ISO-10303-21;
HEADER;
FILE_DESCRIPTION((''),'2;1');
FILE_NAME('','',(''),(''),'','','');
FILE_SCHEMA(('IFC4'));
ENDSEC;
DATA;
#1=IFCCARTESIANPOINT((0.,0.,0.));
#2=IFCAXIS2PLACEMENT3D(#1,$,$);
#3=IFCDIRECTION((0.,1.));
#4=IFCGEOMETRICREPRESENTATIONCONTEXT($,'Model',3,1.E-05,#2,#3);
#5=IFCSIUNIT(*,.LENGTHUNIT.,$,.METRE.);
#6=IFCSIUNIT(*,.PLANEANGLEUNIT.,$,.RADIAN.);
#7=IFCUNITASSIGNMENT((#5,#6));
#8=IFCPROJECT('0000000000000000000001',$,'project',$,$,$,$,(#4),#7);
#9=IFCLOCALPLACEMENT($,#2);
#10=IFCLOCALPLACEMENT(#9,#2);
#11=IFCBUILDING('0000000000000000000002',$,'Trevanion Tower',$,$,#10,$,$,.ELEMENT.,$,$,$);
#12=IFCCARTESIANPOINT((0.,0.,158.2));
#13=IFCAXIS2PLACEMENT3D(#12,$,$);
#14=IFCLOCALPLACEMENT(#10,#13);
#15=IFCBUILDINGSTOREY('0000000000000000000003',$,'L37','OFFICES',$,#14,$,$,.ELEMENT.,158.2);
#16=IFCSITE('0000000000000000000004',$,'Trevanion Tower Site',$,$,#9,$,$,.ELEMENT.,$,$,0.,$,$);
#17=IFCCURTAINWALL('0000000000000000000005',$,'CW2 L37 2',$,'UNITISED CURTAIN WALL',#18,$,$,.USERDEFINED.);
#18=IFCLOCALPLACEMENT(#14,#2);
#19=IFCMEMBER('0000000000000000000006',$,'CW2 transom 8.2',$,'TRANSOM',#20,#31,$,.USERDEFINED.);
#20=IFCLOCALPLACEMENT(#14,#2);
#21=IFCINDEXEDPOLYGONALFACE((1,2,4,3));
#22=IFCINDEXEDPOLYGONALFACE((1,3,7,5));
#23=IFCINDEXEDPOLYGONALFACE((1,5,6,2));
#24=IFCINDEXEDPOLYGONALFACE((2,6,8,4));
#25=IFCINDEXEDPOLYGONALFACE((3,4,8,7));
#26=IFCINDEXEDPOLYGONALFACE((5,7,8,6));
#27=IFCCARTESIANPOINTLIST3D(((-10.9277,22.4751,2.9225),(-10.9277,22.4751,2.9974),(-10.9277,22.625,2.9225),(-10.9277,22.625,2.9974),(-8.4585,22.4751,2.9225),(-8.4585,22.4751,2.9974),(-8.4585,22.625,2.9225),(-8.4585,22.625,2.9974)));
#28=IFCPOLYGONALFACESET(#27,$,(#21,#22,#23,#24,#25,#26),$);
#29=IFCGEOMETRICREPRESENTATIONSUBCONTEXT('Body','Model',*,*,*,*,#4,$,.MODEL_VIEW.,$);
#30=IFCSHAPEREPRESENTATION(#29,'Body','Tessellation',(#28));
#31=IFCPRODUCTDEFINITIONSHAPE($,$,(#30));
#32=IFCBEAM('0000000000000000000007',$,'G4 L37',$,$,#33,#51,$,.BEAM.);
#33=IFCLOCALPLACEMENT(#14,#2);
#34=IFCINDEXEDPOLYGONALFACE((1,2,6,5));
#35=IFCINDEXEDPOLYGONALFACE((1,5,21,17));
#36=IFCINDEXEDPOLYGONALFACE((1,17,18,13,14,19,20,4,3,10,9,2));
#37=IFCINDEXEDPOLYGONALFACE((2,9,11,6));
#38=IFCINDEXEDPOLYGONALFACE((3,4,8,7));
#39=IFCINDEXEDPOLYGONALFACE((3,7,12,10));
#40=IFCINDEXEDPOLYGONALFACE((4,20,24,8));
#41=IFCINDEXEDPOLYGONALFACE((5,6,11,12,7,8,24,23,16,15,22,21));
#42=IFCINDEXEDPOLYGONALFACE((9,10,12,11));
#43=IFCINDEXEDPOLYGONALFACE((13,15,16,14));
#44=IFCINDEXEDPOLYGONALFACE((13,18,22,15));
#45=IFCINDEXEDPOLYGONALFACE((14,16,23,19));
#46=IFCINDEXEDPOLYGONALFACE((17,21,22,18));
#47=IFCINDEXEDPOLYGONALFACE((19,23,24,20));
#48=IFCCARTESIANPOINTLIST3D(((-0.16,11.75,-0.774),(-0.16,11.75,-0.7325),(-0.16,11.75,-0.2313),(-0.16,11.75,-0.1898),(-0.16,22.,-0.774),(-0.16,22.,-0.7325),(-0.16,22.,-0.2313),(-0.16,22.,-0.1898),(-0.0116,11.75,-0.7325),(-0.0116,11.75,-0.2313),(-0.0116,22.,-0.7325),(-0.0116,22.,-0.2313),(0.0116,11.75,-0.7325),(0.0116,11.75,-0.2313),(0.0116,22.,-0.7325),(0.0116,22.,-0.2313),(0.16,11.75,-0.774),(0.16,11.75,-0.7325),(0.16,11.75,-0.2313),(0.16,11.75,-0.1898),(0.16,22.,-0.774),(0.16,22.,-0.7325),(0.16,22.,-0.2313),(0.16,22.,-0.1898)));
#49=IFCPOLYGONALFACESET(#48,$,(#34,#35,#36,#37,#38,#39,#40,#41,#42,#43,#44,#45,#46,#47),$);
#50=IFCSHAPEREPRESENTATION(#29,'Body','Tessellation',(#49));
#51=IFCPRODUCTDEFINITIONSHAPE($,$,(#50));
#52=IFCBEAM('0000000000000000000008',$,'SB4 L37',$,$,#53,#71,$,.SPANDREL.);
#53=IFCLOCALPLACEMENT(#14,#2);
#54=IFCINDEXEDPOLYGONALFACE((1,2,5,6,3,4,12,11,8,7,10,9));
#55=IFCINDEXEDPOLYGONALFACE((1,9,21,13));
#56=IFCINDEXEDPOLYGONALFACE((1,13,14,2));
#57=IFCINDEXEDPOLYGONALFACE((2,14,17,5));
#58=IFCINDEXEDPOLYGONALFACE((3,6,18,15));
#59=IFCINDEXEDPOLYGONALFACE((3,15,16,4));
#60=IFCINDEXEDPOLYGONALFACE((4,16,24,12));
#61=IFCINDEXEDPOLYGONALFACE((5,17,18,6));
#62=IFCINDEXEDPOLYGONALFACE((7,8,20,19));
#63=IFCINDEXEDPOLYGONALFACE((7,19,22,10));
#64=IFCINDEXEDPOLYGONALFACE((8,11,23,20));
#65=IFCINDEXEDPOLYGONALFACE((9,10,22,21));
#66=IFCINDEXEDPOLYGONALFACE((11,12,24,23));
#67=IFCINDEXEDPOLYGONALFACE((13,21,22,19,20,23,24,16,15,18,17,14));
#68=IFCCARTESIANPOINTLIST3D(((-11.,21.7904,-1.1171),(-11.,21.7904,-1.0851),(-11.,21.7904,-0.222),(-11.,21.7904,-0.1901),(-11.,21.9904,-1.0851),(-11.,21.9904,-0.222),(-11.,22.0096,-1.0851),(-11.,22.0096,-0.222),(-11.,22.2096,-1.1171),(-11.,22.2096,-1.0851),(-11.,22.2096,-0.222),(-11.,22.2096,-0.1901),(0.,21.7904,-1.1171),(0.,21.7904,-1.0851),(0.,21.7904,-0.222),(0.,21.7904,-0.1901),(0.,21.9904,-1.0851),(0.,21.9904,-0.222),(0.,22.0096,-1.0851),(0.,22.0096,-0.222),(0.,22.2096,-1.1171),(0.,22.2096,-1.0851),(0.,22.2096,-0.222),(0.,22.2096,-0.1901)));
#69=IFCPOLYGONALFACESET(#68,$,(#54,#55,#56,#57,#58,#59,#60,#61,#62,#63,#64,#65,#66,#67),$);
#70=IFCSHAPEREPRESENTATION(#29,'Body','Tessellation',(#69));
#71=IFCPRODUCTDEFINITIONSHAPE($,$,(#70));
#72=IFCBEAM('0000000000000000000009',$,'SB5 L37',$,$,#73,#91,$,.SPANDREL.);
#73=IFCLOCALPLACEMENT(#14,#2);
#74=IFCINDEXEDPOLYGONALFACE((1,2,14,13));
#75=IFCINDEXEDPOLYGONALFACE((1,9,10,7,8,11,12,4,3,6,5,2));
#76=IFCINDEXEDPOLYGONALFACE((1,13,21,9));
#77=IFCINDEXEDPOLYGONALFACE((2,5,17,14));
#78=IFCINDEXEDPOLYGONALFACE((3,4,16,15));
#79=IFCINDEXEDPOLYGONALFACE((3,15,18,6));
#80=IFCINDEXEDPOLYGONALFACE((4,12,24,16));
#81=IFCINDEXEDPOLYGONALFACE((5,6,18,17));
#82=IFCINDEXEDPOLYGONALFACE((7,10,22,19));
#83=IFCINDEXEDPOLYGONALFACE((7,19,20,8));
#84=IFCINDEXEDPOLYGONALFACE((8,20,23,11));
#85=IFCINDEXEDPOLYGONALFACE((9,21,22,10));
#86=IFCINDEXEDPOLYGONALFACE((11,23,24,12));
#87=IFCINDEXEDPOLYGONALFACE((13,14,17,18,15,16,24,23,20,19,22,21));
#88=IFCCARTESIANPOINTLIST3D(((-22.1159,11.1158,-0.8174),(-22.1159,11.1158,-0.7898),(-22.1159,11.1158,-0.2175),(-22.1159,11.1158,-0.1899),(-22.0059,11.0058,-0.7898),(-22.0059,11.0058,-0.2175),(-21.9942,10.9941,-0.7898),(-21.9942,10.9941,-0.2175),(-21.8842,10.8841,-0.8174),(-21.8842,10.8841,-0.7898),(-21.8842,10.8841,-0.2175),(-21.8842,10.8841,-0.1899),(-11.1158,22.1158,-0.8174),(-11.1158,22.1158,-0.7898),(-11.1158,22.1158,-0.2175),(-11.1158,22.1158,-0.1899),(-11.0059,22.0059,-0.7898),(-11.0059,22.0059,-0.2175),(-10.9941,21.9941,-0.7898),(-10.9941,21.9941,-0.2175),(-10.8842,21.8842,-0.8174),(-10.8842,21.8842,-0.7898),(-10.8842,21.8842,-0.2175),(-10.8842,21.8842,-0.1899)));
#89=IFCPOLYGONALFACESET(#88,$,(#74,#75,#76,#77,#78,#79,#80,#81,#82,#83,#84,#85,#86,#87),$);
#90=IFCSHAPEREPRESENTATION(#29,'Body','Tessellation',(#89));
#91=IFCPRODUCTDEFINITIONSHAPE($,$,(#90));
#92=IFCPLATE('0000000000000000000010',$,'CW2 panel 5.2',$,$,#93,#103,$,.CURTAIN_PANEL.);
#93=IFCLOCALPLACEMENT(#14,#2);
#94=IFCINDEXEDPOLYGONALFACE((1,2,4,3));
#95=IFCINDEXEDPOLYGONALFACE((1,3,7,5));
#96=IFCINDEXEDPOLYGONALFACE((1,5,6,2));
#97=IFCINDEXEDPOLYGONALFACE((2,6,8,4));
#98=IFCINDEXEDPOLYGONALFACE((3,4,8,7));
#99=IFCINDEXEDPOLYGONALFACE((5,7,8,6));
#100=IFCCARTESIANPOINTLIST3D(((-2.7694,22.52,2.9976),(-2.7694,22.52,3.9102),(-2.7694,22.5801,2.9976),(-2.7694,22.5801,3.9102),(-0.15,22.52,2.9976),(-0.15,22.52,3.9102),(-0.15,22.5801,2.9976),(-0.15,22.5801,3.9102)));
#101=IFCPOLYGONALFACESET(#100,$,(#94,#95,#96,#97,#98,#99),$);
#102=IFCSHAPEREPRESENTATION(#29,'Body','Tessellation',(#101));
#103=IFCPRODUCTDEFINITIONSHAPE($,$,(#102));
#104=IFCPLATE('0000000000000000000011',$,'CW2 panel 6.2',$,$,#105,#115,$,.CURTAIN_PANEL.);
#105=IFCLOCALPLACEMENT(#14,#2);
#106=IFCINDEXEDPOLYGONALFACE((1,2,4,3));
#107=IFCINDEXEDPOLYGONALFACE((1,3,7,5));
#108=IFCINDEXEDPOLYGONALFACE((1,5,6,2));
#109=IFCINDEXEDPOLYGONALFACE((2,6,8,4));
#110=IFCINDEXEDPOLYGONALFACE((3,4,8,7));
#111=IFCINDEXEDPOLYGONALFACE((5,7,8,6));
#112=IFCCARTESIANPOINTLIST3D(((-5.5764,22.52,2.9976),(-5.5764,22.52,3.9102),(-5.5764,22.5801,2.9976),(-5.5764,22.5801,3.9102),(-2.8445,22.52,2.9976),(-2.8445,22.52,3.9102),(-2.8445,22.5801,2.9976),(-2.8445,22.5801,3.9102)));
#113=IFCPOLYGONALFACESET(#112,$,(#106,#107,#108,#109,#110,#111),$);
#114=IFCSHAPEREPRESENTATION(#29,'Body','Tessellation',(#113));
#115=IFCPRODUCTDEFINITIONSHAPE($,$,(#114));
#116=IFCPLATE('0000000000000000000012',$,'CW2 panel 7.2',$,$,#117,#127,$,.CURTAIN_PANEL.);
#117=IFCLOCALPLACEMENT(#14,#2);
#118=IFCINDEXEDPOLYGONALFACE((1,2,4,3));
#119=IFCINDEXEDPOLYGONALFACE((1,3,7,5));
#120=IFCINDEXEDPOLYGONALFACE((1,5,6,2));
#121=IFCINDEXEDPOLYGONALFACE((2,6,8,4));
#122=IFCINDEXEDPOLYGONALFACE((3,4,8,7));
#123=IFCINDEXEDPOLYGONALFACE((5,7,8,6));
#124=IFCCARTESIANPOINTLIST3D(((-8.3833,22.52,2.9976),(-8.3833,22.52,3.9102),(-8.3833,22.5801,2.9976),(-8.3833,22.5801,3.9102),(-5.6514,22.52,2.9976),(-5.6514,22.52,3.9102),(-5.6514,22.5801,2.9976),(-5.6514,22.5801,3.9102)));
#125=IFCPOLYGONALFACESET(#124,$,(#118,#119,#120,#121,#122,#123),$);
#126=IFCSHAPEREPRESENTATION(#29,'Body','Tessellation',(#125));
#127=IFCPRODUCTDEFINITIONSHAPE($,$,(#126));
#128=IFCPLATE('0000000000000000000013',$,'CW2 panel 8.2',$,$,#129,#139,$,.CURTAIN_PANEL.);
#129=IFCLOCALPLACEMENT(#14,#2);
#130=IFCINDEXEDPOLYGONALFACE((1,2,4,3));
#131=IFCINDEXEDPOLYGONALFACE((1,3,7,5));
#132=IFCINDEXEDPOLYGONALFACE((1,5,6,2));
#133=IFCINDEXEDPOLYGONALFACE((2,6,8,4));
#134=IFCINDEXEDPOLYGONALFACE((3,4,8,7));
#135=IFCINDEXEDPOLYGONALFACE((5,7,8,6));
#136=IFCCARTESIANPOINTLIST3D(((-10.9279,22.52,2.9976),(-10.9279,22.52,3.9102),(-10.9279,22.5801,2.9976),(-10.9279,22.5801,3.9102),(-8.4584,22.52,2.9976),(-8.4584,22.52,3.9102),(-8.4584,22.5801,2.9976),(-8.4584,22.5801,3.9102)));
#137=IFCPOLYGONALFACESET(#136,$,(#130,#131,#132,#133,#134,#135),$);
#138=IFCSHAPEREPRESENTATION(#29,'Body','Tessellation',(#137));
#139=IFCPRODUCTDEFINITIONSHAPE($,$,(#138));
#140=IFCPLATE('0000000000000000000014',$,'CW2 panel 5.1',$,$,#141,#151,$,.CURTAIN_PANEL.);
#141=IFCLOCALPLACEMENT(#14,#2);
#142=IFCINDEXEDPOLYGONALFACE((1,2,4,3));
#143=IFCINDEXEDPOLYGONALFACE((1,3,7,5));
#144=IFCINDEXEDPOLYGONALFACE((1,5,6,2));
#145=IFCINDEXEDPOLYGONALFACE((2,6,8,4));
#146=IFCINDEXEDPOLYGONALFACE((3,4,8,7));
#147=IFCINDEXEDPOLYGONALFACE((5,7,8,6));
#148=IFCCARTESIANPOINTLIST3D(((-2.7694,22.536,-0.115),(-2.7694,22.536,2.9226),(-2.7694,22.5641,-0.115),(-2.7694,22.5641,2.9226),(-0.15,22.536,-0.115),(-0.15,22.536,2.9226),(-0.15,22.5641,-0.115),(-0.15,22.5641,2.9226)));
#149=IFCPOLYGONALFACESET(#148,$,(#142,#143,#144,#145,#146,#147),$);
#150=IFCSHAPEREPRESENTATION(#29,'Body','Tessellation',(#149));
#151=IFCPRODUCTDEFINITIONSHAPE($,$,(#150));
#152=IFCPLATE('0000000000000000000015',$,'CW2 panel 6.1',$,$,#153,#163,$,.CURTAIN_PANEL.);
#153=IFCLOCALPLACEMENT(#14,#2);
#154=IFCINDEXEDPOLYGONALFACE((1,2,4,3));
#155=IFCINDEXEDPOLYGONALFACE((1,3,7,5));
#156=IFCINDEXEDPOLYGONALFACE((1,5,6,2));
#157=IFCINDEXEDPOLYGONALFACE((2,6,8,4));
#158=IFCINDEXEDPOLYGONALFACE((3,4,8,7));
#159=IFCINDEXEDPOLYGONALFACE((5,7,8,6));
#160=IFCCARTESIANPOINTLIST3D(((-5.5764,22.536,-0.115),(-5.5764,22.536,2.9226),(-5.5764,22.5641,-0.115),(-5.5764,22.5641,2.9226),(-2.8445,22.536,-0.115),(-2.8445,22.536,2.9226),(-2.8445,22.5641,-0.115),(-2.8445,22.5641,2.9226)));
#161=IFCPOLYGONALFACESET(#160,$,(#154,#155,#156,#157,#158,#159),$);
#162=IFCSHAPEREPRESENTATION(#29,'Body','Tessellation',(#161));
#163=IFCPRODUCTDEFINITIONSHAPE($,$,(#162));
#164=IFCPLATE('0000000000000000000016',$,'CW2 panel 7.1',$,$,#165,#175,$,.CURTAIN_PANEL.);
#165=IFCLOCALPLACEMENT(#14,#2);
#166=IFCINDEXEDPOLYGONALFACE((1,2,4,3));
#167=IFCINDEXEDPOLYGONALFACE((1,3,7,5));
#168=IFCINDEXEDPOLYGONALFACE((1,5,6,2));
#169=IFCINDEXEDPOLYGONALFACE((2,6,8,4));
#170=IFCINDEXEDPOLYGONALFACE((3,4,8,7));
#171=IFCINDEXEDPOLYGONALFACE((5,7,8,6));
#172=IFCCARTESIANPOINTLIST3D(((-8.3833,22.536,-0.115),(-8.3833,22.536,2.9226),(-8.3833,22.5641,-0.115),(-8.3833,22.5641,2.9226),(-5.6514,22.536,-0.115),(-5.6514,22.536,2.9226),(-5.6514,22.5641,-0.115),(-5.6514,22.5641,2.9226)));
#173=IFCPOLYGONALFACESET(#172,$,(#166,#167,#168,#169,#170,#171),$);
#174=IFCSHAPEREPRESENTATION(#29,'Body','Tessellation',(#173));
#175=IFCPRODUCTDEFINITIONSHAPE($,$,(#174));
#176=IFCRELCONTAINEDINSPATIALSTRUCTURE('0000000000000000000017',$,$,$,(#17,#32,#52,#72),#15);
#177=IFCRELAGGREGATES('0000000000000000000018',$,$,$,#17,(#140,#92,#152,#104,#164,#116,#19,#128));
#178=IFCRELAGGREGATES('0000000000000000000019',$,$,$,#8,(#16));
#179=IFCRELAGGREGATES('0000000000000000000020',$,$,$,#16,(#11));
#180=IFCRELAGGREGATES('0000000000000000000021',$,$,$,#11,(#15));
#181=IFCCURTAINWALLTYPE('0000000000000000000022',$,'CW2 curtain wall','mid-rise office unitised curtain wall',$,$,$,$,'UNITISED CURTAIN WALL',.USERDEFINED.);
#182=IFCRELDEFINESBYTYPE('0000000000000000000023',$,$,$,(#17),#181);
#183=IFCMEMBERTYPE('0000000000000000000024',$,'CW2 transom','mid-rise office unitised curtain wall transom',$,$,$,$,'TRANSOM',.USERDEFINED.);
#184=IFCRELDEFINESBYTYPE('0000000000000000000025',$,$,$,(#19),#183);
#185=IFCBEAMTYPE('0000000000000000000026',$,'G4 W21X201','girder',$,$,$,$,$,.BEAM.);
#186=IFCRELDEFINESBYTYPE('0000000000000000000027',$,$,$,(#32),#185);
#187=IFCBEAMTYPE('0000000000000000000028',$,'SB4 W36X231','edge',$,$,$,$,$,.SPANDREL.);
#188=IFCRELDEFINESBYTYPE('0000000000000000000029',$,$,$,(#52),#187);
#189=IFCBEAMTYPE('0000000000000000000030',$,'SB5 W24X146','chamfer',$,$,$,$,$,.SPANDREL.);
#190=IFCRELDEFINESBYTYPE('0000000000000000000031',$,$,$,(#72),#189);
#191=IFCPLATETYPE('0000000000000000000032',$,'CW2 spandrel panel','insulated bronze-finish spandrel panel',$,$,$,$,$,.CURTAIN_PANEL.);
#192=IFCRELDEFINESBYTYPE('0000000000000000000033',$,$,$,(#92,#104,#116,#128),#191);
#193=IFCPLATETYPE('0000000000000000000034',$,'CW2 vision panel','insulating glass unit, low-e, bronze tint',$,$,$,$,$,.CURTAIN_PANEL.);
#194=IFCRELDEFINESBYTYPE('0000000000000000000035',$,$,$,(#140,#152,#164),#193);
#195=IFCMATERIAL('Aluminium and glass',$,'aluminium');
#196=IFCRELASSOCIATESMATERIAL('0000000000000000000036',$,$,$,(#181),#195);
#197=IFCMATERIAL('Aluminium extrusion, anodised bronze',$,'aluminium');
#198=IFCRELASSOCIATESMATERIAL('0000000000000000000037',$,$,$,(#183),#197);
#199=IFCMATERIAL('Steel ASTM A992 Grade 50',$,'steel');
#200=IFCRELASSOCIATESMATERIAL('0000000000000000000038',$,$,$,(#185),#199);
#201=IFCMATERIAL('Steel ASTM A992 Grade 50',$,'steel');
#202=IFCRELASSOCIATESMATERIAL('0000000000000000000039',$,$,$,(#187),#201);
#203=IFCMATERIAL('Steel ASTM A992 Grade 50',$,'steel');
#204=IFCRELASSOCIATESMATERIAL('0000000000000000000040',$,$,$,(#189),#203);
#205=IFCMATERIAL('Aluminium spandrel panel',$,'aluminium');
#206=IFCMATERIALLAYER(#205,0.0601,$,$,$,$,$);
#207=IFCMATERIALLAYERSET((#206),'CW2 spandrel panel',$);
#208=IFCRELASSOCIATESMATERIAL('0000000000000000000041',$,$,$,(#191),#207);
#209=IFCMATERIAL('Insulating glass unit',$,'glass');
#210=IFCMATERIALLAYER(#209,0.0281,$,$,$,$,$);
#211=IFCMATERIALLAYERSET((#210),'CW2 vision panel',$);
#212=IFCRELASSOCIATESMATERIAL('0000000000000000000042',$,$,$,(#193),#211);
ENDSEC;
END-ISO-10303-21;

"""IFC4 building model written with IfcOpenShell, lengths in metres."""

from ifc_helpers import new_model, si_unit, direction, frame, origin, origin_2d, place, context, subcontext, project, spatial, rectangle, i_section, extrude, material, layer, layer_set, material_profile, profile_set, type_object, element, aggregate, save


model = new_model("IFC4")

# Units and contexts
model_context = context("Model", 3, precision=1e-05, world=origin(), true_north=direction((0.0, 1.0)))
body_context = subcontext(model_context, "Body", "Model", "MODEL_VIEW")
ifc_project = project(units=[si_unit("LENGTHUNIT", "METRE"), si_unit("PLANEANGLEUNIT", "RADIAN")], contexts=[model_context])

# Site, building, storey
site_placement = place(None, origin())
site = spatial("IfcSite", under=ifc_project, at=site_placement, Name="Trevanion Tower Site", CompositionType="ELEMENT", RefElevation=0.0)
building_placement = place(site_placement, origin())
building = spatial("IfcBuilding", under=site, at=building_placement, Name="Trevanion Tower", CompositionType="ELEMENT")
storey_placement = place(building_placement, frame((0.0, 0.0, 158.2)))
storey = spatial("IfcBuildingStorey", under=building, at=storey_placement, Name="L37", Description="OFFICES", CompositionType="ELEMENT", Elevation=158.2)

# Curtain wall, member
ifc_material_1 = material(Name="Aluminium and glass", Category="aluminium")
curtain_wall_type = type_object("IfcCurtainWallType", Name="CW2 curtain wall", Description="mid-rise office unitised curtain wall", ElementType="UNITISED CURTAIN WALL", PredefinedType="USERDEFINED", material=ifc_material_1)
curtain_wall_placement = place(storey_placement, origin())
curtain_wall = element("IfcCurtainWall", 1, at=curtain_wall_placement, inside=storey, type_object=curtain_wall_type, Name="CW2 L37 2", ObjectType="UNITISED CURTAIN WALL", PredefinedType="USERDEFINED")
ifc_material_2 = material(Name="Aluminium extrusion, anodised bronze", Category="aluminium")
ifc_material_profile_1 = material_profile(ifc_material_2, rectangle(XDim=0.1499, YDim=0.075, at=origin_2d()), Name="CW2 transom")
ifc_profile_set_1 = profile_set([ifc_material_profile_1], Name="Aluminium extrusion, anodised bronze")
member_type_1 = type_object("IfcMemberType", Name="CW2 transom", Description="mid-rise office unitised curtain wall transom", ElementType="TRANSOM", PredefinedType="USERDEFINED", material=ifc_profile_set_1)
member_1_placement = place(storey_placement, frame((-8.4585, 22.55, 2.96), z_axis=(-1.0, 0.0, 0.0), x_axis=(0.0, -1.0, 0.0)))
member_1 = element("IfcMember", 2, at=member_1_placement, type_object=member_type_1, Name="CW2 transom 8.2", ObjectType="TRANSOM", PredefinedType="USERDEFINED", context=body_context, shape_type="SweptSolid", body=[
    extrude(rectangle(XDim=0.1499, YDim=0.075, at=origin_2d()), origin(), (0.0, 0.0, 1.0), 2.4692),
])

# Beams
ifc_material_3 = material(Name="Steel ASTM A992 Grade 50", Category="steel")
ifc_material_profile_2 = material_profile(ifc_material_3, i_section(OverallWidth=0.3201, OverallDepth=0.5842, WebThickness=0.0232, FlangeThickness=0.0415, at=origin_2d()), Name="W21X201")
ifc_profile_set_2 = profile_set([ifc_material_profile_2], Name="Steel ASTM A992 Grade 50")
beam_type_1 = type_object("IfcBeamType", Name="G4 W21X201", Description="girder", PredefinedType="BEAM", material=ifc_profile_set_2)
beam_1_placement = place(storey_placement, frame((0.0, 11.75, -0.4819), z_axis=(0.0, 1.0, 0.0), x_axis=(-1.0, 0.0, 0.0)))
element("IfcBeam", 3, at=beam_1_placement, inside=storey, type_object=beam_type_1, Name="G4 L37", PredefinedType="BEAM", context=body_context, shape_type="SweptSolid", body=[
    extrude(i_section(OverallWidth=0.3201, OverallDepth=0.5842, WebThickness=0.0232, FlangeThickness=0.0415, at=origin_2d()), origin(), (0.0, 0.0, 1.0), 10.25),
])
ifc_material_4 = material(Name="Steel ASTM A992 Grade 50", Category="steel")
ifc_material_profile_3 = material_profile(ifc_material_4, i_section(OverallWidth=0.4192, OverallDepth=0.927, WebThickness=0.0193, FlangeThickness=0.032, at=origin_2d()), Name="W36X231")
ifc_profile_set_3 = profile_set([ifc_material_profile_3], Name="Steel ASTM A992 Grade 50")
beam_type_2 = type_object("IfcBeamType", Name="SB4 W36X231", Description="edge", PredefinedType="SPANDREL", material=ifc_profile_set_3)
beam_2_placement = place(storey_placement, frame((0.0, 22.0, -0.6536), z_axis=(-1.0, 0.0, 0.0), x_axis=(0.0, -1.0, 0.0)))
element("IfcBeam", 4, at=beam_2_placement, inside=storey, type_object=beam_type_2, Name="SB4 L37", PredefinedType="SPANDREL", context=body_context, shape_type="SweptSolid", body=[
    extrude(i_section(OverallWidth=0.4192, OverallDepth=0.927, WebThickness=0.0193, FlangeThickness=0.032, at=origin_2d()), origin(), (0.0, 0.0, 1.0), 11.0),
])
ifc_material_5 = material(Name="Steel ASTM A992 Grade 50", Category="steel")
ifc_material_profile_4 = material_profile(ifc_material_5, i_section(OverallWidth=0.3276, OverallDepth=0.6274, WebThickness=0.0166, FlangeThickness=0.0276, at=origin_2d()), Name="W24X146")
ifc_profile_set_4 = profile_set([ifc_material_profile_4], Name="Steel ASTM A992 Grade 50")
beam_type_3 = type_object("IfcBeamType", Name="SB5 W24X146", Description="chamfer", PredefinedType="SPANDREL", material=ifc_profile_set_4)
beam_3_placement = place(storey_placement, frame((-11.0, 22.0, -0.5037), z_axis=(-0.707107, -0.707107, 0.0), x_axis=(0.707107, -0.707107, 0.0)))
element("IfcBeam", 5, at=beam_3_placement, inside=storey, type_object=beam_type_3, Name="SB5 L37", PredefinedType="SPANDREL", context=body_context, shape_type="SweptSolid", body=[
    extrude(i_section(OverallWidth=0.3276, OverallDepth=0.6274, WebThickness=0.0166, FlangeThickness=0.0276, at=origin_2d()), origin(), (0.0, 0.0, 1.0), 15.5564),
])

# Plates
ifc_material_6 = material(Name="Aluminium spandrel panel", Category="aluminium")
ifc_layer_1 = layer(ifc_material_6, 0.0601)
ifc_layer_set_1 = layer_set([ifc_layer_1], Name="CW2 spandrel panel")
plate_type_1 = type_object("IfcPlateType", Name="CW2 spandrel panel", Description="insulated bronze-finish spandrel panel", PredefinedType="CURTAIN_PANEL", material=ifc_layer_set_1)
plate_1_placement = place(storey_placement, frame((-1.4597, 22.55, 2.9976), z_axis=(0.0, 0.0, 1.0), x_axis=(-1.0, 0.0, 0.0)))
plate_1 = element("IfcPlate", 6, at=plate_1_placement, type_object=plate_type_1, Name="CW2 panel 5.2", PredefinedType="CURTAIN_PANEL", context=body_context, shape_type="SweptSolid", body=[
    extrude(rectangle(XDim=2.6194, YDim=0.0601, at=origin_2d()), origin(), (0.0, 0.0, 1.0), 0.9126),
])
plate_2_placement = place(storey_placement, frame((-4.2104, 22.55, 2.9976), z_axis=(0.0, 0.0, 1.0), x_axis=(-1.0, 0.0, 0.0)))
plate_2 = element("IfcPlate", 7, at=plate_2_placement, type_object=plate_type_1, Name="CW2 panel 6.2", PredefinedType="CURTAIN_PANEL", context=body_context, shape_type="SweptSolid", body=[
    extrude(rectangle(XDim=2.7319, YDim=0.0601, at=origin_2d()), origin(), (0.0, 0.0, 1.0), 0.9126),
])
plate_3_placement = place(storey_placement, frame((-7.0173, 22.55, 2.9976), z_axis=(0.0, 0.0, 1.0), x_axis=(-1.0, 0.0, 0.0)))
plate_3 = element("IfcPlate", 8, at=plate_3_placement, type_object=plate_type_1, Name="CW2 panel 7.2", PredefinedType="CURTAIN_PANEL", context=body_context, shape_type="SweptSolid", body=[
    extrude(rectangle(XDim=2.7319, YDim=0.0601, at=origin_2d()), origin(), (0.0, 0.0, 1.0), 0.9126),
])
plate_4_placement = place(storey_placement, frame((-9.6931, 22.55, 2.9976), z_axis=(0.0, 0.0, 1.0), x_axis=(-1.0, 0.0, 0.0)))
plate_4 = element("IfcPlate", 9, at=plate_4_placement, type_object=plate_type_1, Name="CW2 panel 8.2", PredefinedType="CURTAIN_PANEL", context=body_context, shape_type="SweptSolid", body=[
    extrude(rectangle(XDim=2.4695, YDim=0.0601, at=origin_2d()), origin(), (0.0, 0.0, 1.0), 0.9126),
])
ifc_material_7 = material(Name="Insulating glass unit", Category="glass")
ifc_layer_2 = layer(ifc_material_7, 0.0281)
ifc_layer_set_2 = layer_set([ifc_layer_2], Name="CW2 vision panel")
plate_type_2 = type_object("IfcPlateType", Name="CW2 vision panel", Description="insulating glass unit, low-e, bronze tint", PredefinedType="CURTAIN_PANEL", material=ifc_layer_set_2)
plate_5_placement = place(storey_placement, frame((-1.4597, 22.55, -0.115), z_axis=(0.0, 0.0, 1.0), x_axis=(-1.0, 0.0, 0.0)))
plate_5 = element("IfcPlate", 10, at=plate_5_placement, type_object=plate_type_2, Name="CW2 panel 5.1", PredefinedType="CURTAIN_PANEL", context=body_context, shape_type="SweptSolid", body=[
    extrude(rectangle(XDim=2.6194, YDim=0.0281, at=origin_2d()), origin(), (0.0, 0.0, 1.0), 3.0376),
])
plate_6_placement = place(storey_placement, frame((-4.2104, 22.55, -0.115), z_axis=(0.0, 0.0, 1.0), x_axis=(-1.0, 0.0, 0.0)))
plate_6 = element("IfcPlate", 11, at=plate_6_placement, type_object=plate_type_2, Name="CW2 panel 6.1", PredefinedType="CURTAIN_PANEL", context=body_context, shape_type="SweptSolid", body=[
    extrude(rectangle(XDim=2.7319, YDim=0.0281, at=origin_2d()), origin(), (0.0, 0.0, 1.0), 3.0376),
])
plate_7_placement = place(storey_placement, frame((-7.0173, 22.55, -0.115), z_axis=(0.0, 0.0, 1.0), x_axis=(-1.0, 0.0, 0.0)))
plate_7 = element("IfcPlate", 12, at=plate_7_placement, type_object=plate_type_2, Name="CW2 panel 7.1", PredefinedType="CURTAIN_PANEL", context=body_context, shape_type="SweptSolid", body=[
    extrude(rectangle(XDim=2.7319, YDim=0.0281, at=origin_2d()), origin(), (0.0, 0.0, 1.0), 3.0376),
])
aggregate(curtain_wall, [plate_5, plate_1, plate_6, plate_2, plate_7, plate_3, member_1, plate_4])

save(model, "model.ifc")
